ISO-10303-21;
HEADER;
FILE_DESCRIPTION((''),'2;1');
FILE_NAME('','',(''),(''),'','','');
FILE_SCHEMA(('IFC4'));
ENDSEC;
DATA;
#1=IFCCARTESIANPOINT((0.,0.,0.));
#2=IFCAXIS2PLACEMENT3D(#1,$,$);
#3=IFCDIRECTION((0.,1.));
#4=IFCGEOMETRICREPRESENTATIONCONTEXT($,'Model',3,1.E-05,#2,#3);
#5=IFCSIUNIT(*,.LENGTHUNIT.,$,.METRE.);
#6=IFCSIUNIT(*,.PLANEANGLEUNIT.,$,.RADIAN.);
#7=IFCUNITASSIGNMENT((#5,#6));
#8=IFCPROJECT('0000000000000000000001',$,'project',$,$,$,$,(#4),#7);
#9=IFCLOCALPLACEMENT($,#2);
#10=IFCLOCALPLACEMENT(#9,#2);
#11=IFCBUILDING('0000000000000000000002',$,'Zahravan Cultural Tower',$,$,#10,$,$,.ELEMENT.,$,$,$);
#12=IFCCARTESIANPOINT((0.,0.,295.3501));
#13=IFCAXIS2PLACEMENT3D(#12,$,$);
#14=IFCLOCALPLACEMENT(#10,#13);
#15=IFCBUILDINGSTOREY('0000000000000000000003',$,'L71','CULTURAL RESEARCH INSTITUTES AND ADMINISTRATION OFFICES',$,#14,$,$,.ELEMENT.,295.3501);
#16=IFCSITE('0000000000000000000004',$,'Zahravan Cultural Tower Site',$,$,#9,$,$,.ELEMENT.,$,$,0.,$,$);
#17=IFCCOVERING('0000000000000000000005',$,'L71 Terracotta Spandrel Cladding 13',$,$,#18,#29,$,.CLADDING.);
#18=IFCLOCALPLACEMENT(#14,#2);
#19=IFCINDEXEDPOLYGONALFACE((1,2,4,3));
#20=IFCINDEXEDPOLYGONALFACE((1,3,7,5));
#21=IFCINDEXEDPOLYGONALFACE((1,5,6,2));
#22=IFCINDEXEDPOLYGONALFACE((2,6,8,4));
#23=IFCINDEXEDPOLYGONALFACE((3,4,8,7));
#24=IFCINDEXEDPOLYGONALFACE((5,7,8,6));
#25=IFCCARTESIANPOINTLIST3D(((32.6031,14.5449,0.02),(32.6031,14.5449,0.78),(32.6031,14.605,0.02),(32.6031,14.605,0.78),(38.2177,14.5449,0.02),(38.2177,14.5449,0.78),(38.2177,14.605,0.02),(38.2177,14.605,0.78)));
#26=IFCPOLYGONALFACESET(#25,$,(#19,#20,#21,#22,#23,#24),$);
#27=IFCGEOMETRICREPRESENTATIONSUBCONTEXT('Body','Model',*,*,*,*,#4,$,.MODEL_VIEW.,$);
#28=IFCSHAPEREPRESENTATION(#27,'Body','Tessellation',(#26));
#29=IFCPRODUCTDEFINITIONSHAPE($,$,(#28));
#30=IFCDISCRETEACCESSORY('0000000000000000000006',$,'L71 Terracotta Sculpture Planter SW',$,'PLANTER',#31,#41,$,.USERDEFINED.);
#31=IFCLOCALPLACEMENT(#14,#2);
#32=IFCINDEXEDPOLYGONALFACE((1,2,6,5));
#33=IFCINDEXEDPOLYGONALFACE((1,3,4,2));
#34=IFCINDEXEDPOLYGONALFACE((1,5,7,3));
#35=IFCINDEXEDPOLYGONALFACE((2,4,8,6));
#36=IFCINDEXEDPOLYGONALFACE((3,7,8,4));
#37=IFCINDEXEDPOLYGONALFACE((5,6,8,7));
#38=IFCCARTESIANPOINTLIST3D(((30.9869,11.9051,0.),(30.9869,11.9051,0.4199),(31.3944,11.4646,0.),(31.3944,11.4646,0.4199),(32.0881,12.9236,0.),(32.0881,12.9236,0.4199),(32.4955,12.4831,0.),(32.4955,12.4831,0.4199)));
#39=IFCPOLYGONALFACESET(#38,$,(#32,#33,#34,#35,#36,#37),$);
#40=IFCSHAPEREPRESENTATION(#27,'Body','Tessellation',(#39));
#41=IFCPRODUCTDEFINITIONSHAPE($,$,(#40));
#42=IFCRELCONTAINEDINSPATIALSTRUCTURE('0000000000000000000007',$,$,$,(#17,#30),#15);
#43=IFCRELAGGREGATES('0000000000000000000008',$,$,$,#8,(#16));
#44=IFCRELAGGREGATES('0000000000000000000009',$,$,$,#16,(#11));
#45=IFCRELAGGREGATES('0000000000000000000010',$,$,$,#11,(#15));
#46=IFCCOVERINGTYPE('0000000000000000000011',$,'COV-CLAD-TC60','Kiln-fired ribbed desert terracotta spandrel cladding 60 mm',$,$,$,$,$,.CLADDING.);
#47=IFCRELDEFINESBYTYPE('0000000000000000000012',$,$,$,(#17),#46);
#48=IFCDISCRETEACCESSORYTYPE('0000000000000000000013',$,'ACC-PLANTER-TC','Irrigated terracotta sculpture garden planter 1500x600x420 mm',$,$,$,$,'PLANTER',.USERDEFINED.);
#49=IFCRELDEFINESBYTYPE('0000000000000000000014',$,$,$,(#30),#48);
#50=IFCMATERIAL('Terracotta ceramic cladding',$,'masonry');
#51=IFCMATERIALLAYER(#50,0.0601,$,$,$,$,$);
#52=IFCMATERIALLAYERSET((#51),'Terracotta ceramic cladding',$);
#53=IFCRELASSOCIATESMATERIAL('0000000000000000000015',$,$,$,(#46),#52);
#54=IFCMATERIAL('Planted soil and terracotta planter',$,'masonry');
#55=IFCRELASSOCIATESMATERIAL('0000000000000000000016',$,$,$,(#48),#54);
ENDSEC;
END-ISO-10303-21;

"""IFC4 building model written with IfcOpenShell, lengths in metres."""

from ifc_helpers import new_model, si_unit, direction, frame, origin, origin_2d, place, context, subcontext, project, spatial, rectangle, extrude, source, transform, mapped, material, layer, layer_set, type_object, element, save


model = new_model("IFC4")

# Units and contexts
model_context = context("Model", 3, precision=1e-05, world=origin(), true_north=direction((0.0, 1.0)))
body_context = subcontext(model_context, "Body", "Model", "MODEL_VIEW")
ifc_project = project(units=[si_unit("LENGTHUNIT", "METRE"), si_unit("PLANEANGLEUNIT", "RADIAN")], contexts=[model_context])

# Site, building, storey
site_placement = place(None, origin())
site = spatial("IfcSite", under=ifc_project, at=site_placement, Name="Zahravan Cultural Tower Site", CompositionType="ELEMENT", RefElevation=0.0)
building_placement = place(site_placement, origin())
building = spatial("IfcBuilding", under=site, at=building_placement, Name="Zahravan Cultural Tower", CompositionType="ELEMENT")
storey_placement = place(building_placement, frame((0.0, 0.0, 295.3501)))
storey = spatial("IfcBuildingStorey", under=building, at=storey_placement, Name="L71", Description="CULTURAL RESEARCH INSTITUTES AND ADMINISTRATION OFFICES", CompositionType="ELEMENT", Elevation=295.3501)

# Covering
ifc_material_1 = material(Name="Terracotta ceramic cladding", Category="masonry")
ifc_layer_1 = layer(ifc_material_1, 0.0601)
ifc_layer_set_1 = layer_set([ifc_layer_1], Name="Terracotta ceramic cladding")
covering_type = type_object("IfcCoveringType", Name="COV-CLAD-TC60", Description="Kiln-fired ribbed desert terracotta spandrel cladding 60 mm", PredefinedType="CLADDING", material=ifc_layer_set_1)
shared_shape_1 = source(origin(), body_context, "Body", "SweptSolid", [
    extrude(rectangle(XDim=5.6145, YDim=0.0601, at=origin_2d()), origin(), (0.0, 0.0, 1.0), 0.76),
])
covering_1_placement = place(storey_placement, frame((35.4104, 14.575, 0.02), z_axis=(0.0, 0.0, 1.0), x_axis=(-1.0, 0.0, 0.0)))
element("IfcCovering", 1, at=covering_1_placement, inside=storey, type_object=covering_type, Name="L71 Terracotta Spandrel Cladding 13", PredefinedType="CLADDING", context=body_context, shape_type="MappedRepresentation", body=[
    mapped(shared_shape_1, transform((0.0, 0.0, 0.0), x_axis=(1.0, 0.0, 0.0), y_axis=(0.0, 1.0, 0.0), z_axis=(0.0, 0.0, 1.0), scale=1.0)),
])

# Discrete accessory
ifc_material_2 = material(Name="Planted soil and terracotta planter", Category="masonry")
discrete_accessory_type = type_object("IfcDiscreteAccessoryType", Name="ACC-PLANTER-TC", Description="Irrigated terracotta sculpture garden planter 1500x600x420 mm", ElementType="PLANTER", PredefinedType="USERDEFINED", material=ifc_material_2)
shared_shape_2 = source(origin(), body_context, "Body", "SweptSolid", [
    extrude(rectangle(XDim=1.5, YDim=0.6001, at=origin_2d()), origin(), (0.0, 0.0, 1.0), 0.4199),
])
discrete_accessory_placement = place(storey_placement, frame((31.7412, 12.1941, 0.0), z_axis=(0.0, 0.0, 1.0), x_axis=(0.734125, 0.679015, 0.0)))
element("IfcDiscreteAccessory", 2, at=discrete_accessory_placement, inside=storey, type_object=discrete_accessory_type, Name="L71 Terracotta Sculpture Planter SW", ObjectType="PLANTER", PredefinedType="USERDEFINED", context=body_context, shape_type="MappedRepresentation", body=[
    mapped(shared_shape_2, transform((0.0, 0.0, 0.0), x_axis=(1.0, 0.0, 0.0), y_axis=(0.0, 1.0, 0.0), z_axis=(0.0, 0.0, 1.0), scale=1.0)),
])

save(model, "model.ifc")
